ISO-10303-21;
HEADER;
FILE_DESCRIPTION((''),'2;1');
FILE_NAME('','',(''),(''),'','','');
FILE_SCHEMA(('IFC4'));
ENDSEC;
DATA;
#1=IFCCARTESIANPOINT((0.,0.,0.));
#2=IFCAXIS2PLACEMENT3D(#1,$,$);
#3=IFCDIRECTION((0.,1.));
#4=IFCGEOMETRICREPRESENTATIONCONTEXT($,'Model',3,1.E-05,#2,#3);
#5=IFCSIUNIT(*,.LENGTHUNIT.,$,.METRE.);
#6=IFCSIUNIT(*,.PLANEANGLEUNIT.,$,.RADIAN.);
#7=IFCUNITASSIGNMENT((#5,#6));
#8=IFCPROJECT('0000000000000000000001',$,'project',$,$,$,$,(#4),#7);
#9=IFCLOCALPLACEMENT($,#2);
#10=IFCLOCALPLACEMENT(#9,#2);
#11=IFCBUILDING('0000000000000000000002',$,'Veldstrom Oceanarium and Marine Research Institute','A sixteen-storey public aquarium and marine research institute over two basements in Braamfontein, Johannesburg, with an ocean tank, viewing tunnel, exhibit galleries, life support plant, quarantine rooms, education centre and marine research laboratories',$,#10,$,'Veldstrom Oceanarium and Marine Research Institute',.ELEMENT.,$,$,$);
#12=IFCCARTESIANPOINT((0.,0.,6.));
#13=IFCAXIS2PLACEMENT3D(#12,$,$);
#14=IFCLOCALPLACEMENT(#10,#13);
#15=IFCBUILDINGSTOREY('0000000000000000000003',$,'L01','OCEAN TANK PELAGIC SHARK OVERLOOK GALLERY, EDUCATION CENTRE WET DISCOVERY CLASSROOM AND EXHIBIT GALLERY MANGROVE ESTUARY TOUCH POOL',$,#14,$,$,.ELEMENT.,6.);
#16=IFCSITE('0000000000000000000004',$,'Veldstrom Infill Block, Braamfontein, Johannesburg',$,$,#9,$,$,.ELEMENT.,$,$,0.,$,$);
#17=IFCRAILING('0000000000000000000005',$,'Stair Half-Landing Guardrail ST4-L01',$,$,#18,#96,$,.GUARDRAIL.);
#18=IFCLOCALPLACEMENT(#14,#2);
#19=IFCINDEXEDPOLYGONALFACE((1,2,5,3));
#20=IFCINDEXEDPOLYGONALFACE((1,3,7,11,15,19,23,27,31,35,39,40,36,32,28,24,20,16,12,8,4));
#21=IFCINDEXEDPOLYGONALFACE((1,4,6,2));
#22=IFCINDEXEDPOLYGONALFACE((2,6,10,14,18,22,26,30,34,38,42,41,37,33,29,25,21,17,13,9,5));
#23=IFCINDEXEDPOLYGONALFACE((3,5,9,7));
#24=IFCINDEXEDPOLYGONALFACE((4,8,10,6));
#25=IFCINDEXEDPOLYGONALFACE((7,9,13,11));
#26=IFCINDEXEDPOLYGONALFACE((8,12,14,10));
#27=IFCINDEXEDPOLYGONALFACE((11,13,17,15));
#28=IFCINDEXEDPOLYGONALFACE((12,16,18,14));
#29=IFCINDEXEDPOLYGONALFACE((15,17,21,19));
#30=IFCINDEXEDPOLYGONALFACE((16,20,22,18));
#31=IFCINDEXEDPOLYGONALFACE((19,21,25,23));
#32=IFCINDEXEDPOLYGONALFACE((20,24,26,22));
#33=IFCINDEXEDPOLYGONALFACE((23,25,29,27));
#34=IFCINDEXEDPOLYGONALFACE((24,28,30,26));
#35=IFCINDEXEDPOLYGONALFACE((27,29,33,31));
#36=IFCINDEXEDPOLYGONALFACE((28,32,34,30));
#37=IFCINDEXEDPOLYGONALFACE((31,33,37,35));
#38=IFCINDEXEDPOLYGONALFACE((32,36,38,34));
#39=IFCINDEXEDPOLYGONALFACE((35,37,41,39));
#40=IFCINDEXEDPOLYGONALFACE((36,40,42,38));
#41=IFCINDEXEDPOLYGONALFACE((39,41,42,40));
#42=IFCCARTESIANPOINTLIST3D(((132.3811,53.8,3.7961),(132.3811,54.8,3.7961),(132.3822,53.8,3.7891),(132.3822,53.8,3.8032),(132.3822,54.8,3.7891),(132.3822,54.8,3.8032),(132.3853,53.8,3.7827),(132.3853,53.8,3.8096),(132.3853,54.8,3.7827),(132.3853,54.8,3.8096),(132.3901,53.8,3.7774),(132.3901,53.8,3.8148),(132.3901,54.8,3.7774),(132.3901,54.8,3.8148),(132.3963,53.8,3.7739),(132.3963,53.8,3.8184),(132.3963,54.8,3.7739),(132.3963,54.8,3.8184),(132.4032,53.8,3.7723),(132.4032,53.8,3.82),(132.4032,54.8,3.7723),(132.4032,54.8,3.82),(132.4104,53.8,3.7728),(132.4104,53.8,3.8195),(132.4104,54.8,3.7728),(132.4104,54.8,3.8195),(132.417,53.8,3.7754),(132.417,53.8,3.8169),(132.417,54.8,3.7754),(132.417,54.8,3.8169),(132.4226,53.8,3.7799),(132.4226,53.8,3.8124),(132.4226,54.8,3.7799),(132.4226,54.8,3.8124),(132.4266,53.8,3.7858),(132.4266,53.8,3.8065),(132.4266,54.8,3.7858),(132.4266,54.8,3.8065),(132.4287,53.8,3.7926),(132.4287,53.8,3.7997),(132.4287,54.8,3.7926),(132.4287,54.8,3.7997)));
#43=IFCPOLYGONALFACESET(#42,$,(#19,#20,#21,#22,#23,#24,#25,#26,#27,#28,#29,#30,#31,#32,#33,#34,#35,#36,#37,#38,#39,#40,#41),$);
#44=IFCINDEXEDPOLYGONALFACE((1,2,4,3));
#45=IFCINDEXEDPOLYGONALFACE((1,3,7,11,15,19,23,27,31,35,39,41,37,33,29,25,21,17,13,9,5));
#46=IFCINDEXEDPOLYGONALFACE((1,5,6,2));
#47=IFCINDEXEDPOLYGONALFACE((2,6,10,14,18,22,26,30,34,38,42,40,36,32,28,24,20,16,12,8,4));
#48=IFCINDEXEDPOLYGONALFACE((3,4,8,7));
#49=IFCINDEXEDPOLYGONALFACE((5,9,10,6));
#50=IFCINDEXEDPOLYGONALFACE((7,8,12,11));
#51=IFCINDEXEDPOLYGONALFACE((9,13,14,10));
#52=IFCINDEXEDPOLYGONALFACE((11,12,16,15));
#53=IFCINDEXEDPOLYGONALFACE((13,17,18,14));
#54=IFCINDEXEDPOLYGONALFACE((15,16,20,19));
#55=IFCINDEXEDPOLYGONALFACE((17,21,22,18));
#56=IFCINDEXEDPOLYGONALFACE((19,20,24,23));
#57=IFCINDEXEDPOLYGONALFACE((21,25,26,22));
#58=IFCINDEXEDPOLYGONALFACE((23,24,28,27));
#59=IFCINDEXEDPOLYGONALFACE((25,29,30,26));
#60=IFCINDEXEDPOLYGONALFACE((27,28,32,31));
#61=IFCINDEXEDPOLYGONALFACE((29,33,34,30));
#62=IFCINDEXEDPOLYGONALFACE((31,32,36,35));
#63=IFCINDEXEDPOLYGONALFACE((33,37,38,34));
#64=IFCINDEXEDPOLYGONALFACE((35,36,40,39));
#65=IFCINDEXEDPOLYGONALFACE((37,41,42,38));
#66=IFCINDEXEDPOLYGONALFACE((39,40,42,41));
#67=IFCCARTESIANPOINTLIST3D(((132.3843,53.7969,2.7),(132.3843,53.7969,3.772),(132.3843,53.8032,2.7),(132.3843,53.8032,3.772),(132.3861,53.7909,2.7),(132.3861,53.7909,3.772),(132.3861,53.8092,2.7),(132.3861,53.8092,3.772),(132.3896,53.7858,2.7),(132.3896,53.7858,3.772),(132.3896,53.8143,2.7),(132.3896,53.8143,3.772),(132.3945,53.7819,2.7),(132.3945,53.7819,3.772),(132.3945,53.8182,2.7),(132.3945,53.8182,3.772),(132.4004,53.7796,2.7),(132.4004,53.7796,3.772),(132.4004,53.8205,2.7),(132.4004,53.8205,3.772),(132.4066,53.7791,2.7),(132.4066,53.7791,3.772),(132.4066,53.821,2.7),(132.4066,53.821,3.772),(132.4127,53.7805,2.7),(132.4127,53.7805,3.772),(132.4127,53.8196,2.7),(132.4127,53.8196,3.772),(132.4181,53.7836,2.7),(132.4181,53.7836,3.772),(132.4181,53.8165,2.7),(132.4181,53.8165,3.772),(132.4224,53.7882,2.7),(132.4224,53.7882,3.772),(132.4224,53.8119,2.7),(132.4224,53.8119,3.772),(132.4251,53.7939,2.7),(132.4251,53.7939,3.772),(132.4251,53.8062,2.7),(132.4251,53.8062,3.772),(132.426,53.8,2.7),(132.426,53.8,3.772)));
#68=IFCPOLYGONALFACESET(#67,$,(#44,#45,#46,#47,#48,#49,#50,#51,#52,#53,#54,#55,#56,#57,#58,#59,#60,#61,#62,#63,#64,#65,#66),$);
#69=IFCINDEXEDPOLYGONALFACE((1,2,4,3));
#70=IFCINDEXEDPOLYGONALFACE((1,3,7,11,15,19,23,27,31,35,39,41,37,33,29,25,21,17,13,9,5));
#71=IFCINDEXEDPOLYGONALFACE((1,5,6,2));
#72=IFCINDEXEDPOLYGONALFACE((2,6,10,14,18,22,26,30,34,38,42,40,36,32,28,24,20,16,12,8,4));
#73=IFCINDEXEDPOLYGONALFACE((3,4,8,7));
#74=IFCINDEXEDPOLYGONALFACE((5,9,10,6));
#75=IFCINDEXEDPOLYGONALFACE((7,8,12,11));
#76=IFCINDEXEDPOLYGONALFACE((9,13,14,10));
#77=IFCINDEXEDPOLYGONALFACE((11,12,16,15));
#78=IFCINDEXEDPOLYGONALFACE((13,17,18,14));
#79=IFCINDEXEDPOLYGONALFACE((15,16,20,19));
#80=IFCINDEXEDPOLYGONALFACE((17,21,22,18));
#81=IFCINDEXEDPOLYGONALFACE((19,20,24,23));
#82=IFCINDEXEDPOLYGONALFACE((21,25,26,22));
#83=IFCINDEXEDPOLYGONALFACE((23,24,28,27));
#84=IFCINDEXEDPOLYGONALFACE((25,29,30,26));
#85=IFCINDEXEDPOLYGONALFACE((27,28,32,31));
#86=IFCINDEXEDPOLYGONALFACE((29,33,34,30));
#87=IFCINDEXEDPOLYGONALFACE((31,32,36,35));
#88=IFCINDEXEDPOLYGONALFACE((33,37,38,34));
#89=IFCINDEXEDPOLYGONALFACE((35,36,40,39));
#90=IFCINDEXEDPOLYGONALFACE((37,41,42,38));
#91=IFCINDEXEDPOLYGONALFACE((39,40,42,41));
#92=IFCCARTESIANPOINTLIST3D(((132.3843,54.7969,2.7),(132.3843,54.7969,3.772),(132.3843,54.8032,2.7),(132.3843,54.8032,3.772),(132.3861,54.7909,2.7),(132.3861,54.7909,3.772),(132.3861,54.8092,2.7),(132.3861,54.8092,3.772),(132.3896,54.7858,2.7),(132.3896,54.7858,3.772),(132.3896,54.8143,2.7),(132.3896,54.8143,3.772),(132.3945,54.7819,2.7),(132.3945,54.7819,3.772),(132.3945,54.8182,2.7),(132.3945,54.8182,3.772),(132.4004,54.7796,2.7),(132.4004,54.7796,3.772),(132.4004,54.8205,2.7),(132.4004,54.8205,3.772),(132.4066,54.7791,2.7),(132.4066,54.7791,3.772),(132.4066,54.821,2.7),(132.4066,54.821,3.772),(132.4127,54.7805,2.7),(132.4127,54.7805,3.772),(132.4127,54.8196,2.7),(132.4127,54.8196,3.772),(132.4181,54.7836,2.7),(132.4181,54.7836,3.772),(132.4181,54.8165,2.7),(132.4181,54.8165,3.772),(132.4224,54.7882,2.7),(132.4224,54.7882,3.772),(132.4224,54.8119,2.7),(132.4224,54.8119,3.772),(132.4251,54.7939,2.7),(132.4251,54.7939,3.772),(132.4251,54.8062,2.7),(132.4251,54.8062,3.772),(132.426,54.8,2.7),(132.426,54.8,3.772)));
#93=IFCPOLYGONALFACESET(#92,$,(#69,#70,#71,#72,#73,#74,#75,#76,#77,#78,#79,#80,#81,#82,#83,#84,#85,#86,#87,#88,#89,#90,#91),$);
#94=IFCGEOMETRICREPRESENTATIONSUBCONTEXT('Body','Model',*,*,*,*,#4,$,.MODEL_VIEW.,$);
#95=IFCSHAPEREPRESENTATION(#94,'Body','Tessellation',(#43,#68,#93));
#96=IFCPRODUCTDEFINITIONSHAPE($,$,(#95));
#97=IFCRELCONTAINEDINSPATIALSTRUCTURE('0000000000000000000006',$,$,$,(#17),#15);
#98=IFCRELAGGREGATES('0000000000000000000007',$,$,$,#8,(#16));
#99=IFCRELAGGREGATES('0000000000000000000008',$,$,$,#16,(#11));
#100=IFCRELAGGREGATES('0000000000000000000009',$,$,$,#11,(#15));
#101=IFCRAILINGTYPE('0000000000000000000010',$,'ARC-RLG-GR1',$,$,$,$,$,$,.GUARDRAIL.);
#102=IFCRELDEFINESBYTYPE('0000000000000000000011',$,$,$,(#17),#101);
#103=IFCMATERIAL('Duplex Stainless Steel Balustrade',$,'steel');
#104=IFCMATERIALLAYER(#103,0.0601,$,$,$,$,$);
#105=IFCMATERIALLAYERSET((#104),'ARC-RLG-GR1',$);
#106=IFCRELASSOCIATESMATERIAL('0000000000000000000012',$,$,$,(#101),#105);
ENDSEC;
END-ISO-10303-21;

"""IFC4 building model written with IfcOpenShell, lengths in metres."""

from ifc_helpers import new_model, si_unit, direction, frame, origin, origin_2d, place, context, subcontext, project, spatial, circle, extrude, material, layer, layer_set, type_object, element, save


model = new_model("IFC4")

# Units and contexts
model_context = context("Model", 3, precision=1e-05, world=origin(), true_north=direction((0.0, 1.0)))
body_context = subcontext(model_context, "Body", "Model", "MODEL_VIEW")
ifc_project = project(units=[si_unit("LENGTHUNIT", "METRE"), si_unit("PLANEANGLEUNIT", "RADIAN")], contexts=[model_context])

# Site, building, storey
site_placement = place(None, origin())
site = spatial("IfcSite", under=ifc_project, at=site_placement, Name="Veldstrom Infill Block, Braamfontein, Johannesburg", CompositionType="ELEMENT", RefElevation=0.0)
building_placement = place(site_placement, origin())
building = spatial("IfcBuilding", under=site, at=building_placement, Name="Veldstrom Oceanarium and Marine Research Institute", Description="A sixteen-storey public aquarium and marine research institute over two basements in Braamfontein, Johannesburg, with an ocean tank, viewing tunnel, exhibit galleries, life support plant, quarantine rooms, education centre and marine research laboratories", LongName="Veldstrom Oceanarium and Marine Research Institute", CompositionType="ELEMENT")
storey_placement = place(building_placement, frame((0.0, 0.0, 6.0)))
storey = spatial("IfcBuildingStorey", under=building, at=storey_placement, Name="L01", Description="OCEAN TANK PELAGIC SHARK OVERLOOK GALLERY, EDUCATION CENTRE WET DISCOVERY CLASSROOM AND EXHIBIT GALLERY MANGROVE ESTUARY TOUCH POOL", CompositionType="ELEMENT", Elevation=6.0)

# Railing
ifc_material_1 = material(Name="Duplex Stainless Steel Balustrade", Category="steel")
ifc_layer_1 = layer(ifc_material_1, 0.0601)
ifc_layer_set_1 = layer_set([ifc_layer_1], Name="ARC-RLG-GR1")
railing_type_1 = type_object("IfcRailingType", Name="ARC-RLG-GR1", PredefinedType="GUARDRAIL", material=ifc_layer_set_1)
railing_1_placement = place(storey_placement, frame((132.405, 53.8, 2.7)))
element("IfcRailing", 1, at=railing_1_placement, inside=storey, type_object=railing_type_1, Name="Stair Half-Landing Guardrail ST4-L01", PredefinedType="GUARDRAIL", context=body_context, shape_type="SweptSolid", body=[
    extrude(circle(Radius=0.0239, at=origin_2d()), frame((0.0, 0.0, 1.0962), z_axis=(0.0, 1.0, 0.0), x_axis=(-1.0, 0.0, 0.0)), (0.0, 0.0, 1.0), 1.0),
    extrude(circle(Radius=0.021, at=origin_2d()), origin(), (0.0, 0.0, 1.0), 1.072),
    extrude(circle(Radius=0.021, at=origin_2d()), frame((0.0, 1.0, 0.0)), (0.0, 0.0, 1.0), 1.072),
])

save(model, "model.ifc")
